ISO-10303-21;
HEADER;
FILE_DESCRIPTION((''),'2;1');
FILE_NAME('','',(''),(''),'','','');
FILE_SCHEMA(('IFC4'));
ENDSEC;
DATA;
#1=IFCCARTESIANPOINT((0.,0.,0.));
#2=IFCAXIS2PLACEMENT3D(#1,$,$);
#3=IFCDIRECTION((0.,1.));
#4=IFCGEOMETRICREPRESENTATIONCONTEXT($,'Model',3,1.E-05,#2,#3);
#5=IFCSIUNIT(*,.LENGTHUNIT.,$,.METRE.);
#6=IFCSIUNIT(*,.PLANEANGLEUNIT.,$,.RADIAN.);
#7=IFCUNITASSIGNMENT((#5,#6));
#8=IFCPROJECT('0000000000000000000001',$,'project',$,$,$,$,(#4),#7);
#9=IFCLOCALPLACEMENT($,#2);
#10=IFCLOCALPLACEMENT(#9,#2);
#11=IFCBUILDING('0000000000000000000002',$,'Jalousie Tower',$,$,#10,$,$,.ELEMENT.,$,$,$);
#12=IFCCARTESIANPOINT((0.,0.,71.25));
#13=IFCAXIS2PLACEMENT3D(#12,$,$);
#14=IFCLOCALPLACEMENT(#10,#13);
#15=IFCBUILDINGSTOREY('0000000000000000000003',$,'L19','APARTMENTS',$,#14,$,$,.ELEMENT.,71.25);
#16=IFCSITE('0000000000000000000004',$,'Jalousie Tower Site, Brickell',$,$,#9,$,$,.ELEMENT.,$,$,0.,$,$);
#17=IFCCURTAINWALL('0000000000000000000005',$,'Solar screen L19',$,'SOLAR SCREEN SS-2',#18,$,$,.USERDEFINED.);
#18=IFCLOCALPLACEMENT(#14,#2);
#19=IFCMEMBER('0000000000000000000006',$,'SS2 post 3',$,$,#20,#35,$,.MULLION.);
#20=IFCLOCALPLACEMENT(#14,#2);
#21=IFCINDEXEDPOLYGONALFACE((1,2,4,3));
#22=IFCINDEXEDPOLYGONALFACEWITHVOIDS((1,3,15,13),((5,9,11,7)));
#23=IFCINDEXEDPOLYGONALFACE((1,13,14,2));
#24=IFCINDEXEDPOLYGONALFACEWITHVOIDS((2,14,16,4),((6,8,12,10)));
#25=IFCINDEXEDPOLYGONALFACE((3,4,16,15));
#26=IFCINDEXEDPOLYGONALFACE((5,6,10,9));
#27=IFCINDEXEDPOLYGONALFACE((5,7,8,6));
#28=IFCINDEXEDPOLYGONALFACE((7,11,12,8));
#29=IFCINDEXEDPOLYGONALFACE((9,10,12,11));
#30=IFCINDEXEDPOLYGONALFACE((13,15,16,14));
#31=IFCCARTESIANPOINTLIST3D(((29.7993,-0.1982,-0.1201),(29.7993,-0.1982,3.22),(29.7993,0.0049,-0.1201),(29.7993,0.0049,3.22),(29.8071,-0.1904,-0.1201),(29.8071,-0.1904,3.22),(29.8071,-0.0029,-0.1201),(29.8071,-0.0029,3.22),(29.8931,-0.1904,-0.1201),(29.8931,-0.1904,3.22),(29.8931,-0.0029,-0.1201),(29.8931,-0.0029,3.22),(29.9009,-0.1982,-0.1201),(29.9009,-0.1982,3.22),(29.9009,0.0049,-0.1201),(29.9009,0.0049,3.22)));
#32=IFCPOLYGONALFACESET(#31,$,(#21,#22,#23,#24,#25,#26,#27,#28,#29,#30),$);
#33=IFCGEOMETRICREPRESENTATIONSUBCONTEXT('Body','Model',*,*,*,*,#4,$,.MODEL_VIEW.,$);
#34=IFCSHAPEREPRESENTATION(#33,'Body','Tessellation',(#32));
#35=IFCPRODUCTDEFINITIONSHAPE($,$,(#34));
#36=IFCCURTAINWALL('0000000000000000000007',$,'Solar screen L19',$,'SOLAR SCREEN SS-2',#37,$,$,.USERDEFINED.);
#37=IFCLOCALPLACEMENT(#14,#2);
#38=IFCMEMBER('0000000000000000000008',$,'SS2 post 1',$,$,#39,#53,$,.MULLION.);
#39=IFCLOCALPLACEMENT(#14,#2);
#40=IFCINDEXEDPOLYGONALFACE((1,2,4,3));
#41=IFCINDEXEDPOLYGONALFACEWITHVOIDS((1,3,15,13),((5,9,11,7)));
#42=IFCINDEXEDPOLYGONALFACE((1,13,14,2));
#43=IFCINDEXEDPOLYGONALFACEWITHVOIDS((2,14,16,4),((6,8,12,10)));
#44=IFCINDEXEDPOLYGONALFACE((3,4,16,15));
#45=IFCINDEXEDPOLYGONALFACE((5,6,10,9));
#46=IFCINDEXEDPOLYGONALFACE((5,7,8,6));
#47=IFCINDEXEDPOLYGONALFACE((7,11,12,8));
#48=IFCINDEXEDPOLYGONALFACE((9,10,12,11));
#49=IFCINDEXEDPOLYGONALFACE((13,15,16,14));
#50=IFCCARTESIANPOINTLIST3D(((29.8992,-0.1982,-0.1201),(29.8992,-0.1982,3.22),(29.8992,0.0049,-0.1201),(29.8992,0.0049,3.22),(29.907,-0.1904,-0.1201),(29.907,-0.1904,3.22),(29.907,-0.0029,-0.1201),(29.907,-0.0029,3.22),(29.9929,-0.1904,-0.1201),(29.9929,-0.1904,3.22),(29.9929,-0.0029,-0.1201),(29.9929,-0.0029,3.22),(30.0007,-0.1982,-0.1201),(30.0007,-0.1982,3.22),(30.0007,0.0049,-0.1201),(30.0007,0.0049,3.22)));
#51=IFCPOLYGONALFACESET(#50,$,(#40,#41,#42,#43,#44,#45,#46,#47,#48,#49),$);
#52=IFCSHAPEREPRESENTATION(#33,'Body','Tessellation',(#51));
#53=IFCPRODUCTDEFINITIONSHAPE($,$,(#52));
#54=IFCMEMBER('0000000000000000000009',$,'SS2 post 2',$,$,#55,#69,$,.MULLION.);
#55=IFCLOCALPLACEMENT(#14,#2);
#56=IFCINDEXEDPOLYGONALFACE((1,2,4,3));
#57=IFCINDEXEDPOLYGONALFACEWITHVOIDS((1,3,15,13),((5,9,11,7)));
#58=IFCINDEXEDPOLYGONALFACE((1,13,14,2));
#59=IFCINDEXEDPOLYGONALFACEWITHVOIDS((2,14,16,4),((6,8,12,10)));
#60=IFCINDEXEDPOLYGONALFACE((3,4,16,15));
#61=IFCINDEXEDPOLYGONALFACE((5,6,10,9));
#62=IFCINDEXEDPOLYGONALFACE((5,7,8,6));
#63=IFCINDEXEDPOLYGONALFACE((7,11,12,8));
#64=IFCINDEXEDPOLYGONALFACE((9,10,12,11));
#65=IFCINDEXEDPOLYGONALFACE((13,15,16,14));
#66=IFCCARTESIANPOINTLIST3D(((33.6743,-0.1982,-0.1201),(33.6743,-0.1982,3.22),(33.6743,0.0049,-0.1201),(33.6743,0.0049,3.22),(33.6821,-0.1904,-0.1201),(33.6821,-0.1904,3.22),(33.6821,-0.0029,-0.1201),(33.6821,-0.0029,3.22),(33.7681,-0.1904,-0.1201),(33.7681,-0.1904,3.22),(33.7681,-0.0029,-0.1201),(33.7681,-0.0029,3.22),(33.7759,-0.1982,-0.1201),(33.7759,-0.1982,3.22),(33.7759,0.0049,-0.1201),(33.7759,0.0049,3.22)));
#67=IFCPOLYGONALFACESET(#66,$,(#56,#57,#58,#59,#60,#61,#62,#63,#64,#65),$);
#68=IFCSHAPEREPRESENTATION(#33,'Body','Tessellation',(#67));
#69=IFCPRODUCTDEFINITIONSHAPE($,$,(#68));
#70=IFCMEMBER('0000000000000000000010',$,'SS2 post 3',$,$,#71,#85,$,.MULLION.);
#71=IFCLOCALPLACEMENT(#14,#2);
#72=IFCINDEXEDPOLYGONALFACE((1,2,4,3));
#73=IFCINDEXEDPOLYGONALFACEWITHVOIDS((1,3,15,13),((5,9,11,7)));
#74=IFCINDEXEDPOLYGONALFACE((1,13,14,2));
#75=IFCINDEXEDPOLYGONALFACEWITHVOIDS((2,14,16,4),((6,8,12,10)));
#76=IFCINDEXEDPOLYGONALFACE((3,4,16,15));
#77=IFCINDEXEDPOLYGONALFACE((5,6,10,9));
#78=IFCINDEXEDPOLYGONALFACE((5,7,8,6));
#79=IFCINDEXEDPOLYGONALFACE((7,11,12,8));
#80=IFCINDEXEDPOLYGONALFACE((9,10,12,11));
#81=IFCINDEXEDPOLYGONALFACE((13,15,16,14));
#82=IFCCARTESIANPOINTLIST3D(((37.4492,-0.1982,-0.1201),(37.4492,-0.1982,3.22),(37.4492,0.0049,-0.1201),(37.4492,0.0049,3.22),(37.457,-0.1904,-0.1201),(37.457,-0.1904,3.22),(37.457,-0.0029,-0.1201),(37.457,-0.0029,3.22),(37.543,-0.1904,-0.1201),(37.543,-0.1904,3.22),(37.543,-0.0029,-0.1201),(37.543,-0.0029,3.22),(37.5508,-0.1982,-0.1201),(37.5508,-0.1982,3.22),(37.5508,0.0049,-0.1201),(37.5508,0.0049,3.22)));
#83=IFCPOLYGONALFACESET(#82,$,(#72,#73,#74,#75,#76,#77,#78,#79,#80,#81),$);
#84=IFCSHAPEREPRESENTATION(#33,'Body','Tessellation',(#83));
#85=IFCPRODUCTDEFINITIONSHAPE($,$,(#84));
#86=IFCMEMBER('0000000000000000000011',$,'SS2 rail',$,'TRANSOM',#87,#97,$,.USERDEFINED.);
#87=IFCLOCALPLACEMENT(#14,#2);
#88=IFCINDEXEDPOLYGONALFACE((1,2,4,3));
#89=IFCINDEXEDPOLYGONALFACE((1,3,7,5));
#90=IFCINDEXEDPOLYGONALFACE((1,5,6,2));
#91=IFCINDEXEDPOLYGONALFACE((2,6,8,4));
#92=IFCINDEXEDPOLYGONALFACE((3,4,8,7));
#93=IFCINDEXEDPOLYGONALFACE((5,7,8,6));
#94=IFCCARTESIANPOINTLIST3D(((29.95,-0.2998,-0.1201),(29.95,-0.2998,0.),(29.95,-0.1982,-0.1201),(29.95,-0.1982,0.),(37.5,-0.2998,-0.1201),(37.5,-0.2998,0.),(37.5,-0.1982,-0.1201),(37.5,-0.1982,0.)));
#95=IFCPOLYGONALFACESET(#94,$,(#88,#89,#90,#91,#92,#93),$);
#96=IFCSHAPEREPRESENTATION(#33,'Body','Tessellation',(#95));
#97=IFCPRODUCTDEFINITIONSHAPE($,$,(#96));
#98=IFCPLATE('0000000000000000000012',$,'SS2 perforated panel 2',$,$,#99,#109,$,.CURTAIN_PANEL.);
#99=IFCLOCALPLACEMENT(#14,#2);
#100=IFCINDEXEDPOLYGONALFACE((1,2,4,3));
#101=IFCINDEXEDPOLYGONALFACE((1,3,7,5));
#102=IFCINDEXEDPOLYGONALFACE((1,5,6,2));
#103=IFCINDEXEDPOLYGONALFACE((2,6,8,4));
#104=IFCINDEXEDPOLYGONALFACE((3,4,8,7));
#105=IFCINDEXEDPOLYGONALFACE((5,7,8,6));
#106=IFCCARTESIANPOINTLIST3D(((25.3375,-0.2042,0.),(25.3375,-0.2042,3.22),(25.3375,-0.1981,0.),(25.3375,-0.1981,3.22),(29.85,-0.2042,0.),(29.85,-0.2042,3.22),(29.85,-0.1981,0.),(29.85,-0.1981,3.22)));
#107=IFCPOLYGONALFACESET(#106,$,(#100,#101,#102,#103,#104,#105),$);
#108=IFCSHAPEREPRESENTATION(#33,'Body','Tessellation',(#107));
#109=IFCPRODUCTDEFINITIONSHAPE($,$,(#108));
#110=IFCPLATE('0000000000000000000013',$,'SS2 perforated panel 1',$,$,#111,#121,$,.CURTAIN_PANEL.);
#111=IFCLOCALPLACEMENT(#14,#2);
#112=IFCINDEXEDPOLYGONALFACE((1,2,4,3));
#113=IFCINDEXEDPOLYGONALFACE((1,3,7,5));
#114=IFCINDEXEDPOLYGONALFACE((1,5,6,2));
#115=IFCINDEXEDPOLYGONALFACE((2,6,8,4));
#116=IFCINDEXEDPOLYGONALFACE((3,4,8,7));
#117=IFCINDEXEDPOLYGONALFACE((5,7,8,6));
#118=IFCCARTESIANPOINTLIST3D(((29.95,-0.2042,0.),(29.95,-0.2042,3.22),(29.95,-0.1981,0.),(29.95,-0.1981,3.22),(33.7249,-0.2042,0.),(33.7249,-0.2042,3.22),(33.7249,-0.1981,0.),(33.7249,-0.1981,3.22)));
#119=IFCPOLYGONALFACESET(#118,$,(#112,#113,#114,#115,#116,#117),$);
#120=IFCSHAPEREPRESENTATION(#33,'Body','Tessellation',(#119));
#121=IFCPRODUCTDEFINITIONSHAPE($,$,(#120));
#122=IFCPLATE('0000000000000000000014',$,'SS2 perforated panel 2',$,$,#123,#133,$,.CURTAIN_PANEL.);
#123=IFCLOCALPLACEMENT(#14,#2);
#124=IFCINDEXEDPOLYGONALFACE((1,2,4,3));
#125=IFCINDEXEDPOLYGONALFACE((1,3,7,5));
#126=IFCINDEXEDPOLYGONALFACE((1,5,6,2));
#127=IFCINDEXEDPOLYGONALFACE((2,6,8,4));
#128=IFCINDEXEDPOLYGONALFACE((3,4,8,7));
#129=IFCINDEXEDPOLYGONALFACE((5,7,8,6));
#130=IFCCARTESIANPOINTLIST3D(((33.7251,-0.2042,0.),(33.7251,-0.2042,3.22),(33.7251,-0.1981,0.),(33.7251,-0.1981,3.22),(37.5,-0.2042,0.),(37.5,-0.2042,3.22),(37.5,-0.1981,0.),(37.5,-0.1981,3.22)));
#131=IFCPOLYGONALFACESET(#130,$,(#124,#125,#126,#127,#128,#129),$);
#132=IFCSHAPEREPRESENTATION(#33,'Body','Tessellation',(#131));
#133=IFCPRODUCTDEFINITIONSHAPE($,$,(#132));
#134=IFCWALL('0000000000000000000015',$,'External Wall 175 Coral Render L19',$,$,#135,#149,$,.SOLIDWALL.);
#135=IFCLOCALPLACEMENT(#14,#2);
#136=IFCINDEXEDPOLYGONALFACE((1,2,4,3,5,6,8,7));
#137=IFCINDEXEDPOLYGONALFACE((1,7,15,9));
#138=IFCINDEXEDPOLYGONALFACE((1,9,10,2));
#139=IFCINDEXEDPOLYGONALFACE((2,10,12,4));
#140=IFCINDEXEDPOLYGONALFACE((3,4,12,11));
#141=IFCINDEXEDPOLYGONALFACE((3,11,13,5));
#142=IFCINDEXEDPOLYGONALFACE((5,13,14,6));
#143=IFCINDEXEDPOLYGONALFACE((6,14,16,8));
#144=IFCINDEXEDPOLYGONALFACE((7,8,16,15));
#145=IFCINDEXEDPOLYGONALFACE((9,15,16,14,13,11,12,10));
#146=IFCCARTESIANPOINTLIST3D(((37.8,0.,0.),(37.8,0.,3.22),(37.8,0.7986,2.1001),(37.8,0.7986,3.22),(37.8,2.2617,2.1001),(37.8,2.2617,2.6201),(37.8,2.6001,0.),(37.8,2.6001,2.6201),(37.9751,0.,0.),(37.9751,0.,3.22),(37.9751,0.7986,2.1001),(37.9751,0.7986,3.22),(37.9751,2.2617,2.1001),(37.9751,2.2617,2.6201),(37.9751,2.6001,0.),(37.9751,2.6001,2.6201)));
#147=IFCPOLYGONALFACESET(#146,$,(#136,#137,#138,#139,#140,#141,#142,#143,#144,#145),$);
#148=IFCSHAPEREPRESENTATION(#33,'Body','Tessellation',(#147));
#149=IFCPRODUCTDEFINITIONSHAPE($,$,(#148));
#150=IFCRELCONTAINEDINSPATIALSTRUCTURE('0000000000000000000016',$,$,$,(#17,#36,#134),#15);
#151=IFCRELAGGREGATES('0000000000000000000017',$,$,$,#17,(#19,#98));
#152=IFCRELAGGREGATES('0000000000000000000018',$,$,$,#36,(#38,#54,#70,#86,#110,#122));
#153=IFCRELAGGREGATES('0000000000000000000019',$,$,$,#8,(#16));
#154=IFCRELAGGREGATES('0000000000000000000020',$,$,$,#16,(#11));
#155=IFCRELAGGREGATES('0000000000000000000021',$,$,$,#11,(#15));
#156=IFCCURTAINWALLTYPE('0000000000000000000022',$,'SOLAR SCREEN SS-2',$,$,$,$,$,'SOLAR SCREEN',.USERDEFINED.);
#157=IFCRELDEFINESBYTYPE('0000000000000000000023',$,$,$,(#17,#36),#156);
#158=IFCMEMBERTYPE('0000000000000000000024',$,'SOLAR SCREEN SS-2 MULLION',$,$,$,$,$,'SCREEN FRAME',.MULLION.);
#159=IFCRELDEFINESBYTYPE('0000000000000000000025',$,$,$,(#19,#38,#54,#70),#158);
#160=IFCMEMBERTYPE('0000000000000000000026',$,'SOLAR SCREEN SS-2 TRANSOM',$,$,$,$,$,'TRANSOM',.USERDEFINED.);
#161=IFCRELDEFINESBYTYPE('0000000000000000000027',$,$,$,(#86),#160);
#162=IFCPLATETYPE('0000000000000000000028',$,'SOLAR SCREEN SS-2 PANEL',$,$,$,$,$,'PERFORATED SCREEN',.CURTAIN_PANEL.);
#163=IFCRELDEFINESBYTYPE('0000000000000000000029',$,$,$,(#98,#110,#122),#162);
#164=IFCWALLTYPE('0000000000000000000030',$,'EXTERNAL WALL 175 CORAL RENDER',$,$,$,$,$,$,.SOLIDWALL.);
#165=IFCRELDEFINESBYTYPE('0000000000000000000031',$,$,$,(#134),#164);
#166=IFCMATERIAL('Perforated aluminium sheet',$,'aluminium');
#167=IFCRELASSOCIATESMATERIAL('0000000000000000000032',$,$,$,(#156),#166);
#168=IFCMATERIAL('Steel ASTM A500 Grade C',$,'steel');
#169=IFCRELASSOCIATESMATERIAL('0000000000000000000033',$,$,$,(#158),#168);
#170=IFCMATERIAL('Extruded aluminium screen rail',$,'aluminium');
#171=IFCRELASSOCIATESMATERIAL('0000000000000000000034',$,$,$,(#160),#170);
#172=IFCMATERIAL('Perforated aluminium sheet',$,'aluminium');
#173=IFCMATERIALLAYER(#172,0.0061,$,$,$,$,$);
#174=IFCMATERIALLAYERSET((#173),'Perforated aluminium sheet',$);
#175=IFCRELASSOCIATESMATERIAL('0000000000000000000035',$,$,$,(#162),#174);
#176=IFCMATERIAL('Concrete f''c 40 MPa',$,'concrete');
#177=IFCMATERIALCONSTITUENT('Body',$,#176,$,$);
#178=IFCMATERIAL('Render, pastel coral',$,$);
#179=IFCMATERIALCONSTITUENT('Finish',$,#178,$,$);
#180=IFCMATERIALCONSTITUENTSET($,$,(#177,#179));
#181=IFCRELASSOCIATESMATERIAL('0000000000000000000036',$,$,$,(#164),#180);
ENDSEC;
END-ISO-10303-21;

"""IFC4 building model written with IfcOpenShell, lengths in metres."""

from ifc_helpers import new_model, si_unit, direction, frame, origin, origin_2d, place, context, subcontext, project, spatial, polyline, rectangle, hollow_rectangle, outline, extrude, material, layer, layer_set, constituent, constituent_set, material_profile, profile_set, type_object, element, aggregate, save


model = new_model("IFC4")

# Units and contexts
model_context = context("Model", 3, precision=1e-05, world=origin(), true_north=direction((0.0, 1.0)))
body_context = subcontext(model_context, "Body", "Model", "MODEL_VIEW")
ifc_project = project(units=[si_unit("LENGTHUNIT", "METRE"), si_unit("PLANEANGLEUNIT", "RADIAN")], contexts=[model_context])

# Site, building, storey
site_placement = place(None, origin())
site = spatial("IfcSite", under=ifc_project, at=site_placement, Name="Jalousie Tower Site, Brickell", CompositionType="ELEMENT", RefElevation=0.0)
building_placement = place(site_placement, origin())
building = spatial("IfcBuilding", under=site, at=building_placement, Name="Jalousie Tower", CompositionType="ELEMENT")
storey_placement = place(building_placement, frame((0.0, 0.0, 71.25)))
storey = spatial("IfcBuildingStorey", under=building, at=storey_placement, Name="L19", Description="APARTMENTS", CompositionType="ELEMENT", Elevation=71.25)

# Curtain walls, members
ifc_material_1 = material(Name="Perforated aluminium sheet", Category="aluminium")
curtain_wall_type = type_object("IfcCurtainWallType", Name="SOLAR SCREEN SS-2", ElementType="SOLAR SCREEN", PredefinedType="USERDEFINED", material=ifc_material_1)
curtain_wall_1_placement = place(storey_placement, origin())
curtain_wall_1 = element("IfcCurtainWall", 1, at=curtain_wall_1_placement, inside=storey, type_object=curtain_wall_type, Name="Solar screen L19", ObjectType="SOLAR SCREEN SS-2", PredefinedType="USERDEFINED")
ifc_material_2 = material(Name="Steel ASTM A500 Grade C", Category="steel")
ifc_material_profile_1 = material_profile(ifc_material_2, hollow_rectangle(XDim=0.1016, YDim=0.2031, WallThickness=0.0078, at=origin_2d()), Name="HSS8X4X5/16")
ifc_profile_set_1 = profile_set([ifc_material_profile_1], Name="Steel ASTM A500 Grade C")
member_type_1 = type_object("IfcMemberType", Name="SOLAR SCREEN SS-2 MULLION", ElementType="SCREEN FRAME", PredefinedType="MULLION", material=ifc_profile_set_1)
member_1_placement = place(storey_placement, frame((29.8501, -0.0967, -0.1201), z_axis=(0.0, 0.0, 1.0), x_axis=(1.0, 0.0, 0.0)))
member_1 = element("IfcMember", 2, at=member_1_placement, type_object=member_type_1, Name="SS2 post 3", PredefinedType="MULLION", context=body_context, shape_type="SweptSolid", body=[
    extrude(hollow_rectangle(XDim=0.1016, YDim=0.2031, WallThickness=0.0078, at=origin_2d()), origin(), (0.0, 0.0, 1.0), 3.3401),
])
curtain_wall_2_placement = place(storey_placement, origin())
curtain_wall_2 = element("IfcCurtainWall", 3, at=curtain_wall_2_placement, inside=storey, type_object=curtain_wall_type, Name="Solar screen L19", ObjectType="SOLAR SCREEN SS-2", PredefinedType="USERDEFINED")
member_2_placement = place(storey_placement, frame((29.95, -0.0967, -0.1201), z_axis=(0.0, 0.0, 1.0), x_axis=(1.0, 0.0, 0.0)))
member_2 = element("IfcMember", 4, at=member_2_placement, type_object=member_type_1, Name="SS2 post 1", PredefinedType="MULLION", context=body_context, shape_type="SweptSolid", body=[
    extrude(hollow_rectangle(XDim=0.1016, YDim=0.2031, WallThickness=0.0078, at=origin_2d()), origin(), (0.0, 0.0, 1.0), 3.3401),
])
member_3_placement = place(storey_placement, frame((33.7251, -0.0967, -0.1201), z_axis=(0.0, 0.0, 1.0), x_axis=(1.0, 0.0, 0.0)))
member_3 = element("IfcMember", 5, at=member_3_placement, type_object=member_type_1, Name="SS2 post 2", PredefinedType="MULLION", context=body_context, shape_type="SweptSolid", body=[
    extrude(hollow_rectangle(XDim=0.1016, YDim=0.2031, WallThickness=0.0078, at=origin_2d()), origin(), (0.0, 0.0, 1.0), 3.3401),
])
member_4_placement = place(storey_placement, frame((37.5, -0.0967, -0.1201), z_axis=(0.0, 0.0, 1.0), x_axis=(1.0, 0.0, 0.0)))
member_4 = element("IfcMember", 6, at=member_4_placement, type_object=member_type_1, Name="SS2 post 3", PredefinedType="MULLION", context=body_context, shape_type="SweptSolid", body=[
    extrude(hollow_rectangle(XDim=0.1016, YDim=0.2031, WallThickness=0.0078, at=origin_2d()), origin(), (0.0, 0.0, 1.0), 3.3401),
])
ifc_material_3 = material(Name="Extruded aluminium screen rail", Category="aluminium")
ifc_material_profile_2 = material_profile(ifc_material_3, rectangle(XDim=0.1016, YDim=0.1201, at=origin_2d()), Name="RAIL 102x120")
ifc_profile_set_2 = profile_set([ifc_material_profile_2], Name="Extruded aluminium screen rail")
member_type_2 = type_object("IfcMemberType", Name="SOLAR SCREEN SS-2 TRANSOM", ElementType="TRANSOM", PredefinedType="USERDEFINED", material=ifc_profile_set_2)
member_5_placement = place(storey_placement, frame((29.95, -0.249, -0.0601), z_axis=(1.0, 0.0, 0.0), x_axis=(0.0, 1.0, 0.0)))
member_5 = element("IfcMember", 7, at=member_5_placement, type_object=member_type_2, Name="SS2 rail", ObjectType="TRANSOM", PredefinedType="USERDEFINED", context=body_context, shape_type="SweptSolid", body=[
    extrude(rectangle(XDim=0.1016, YDim=0.1201, at=origin_2d()), origin(), (0.0, 0.0, 1.0), 7.55),
])

# Plates
ifc_material_4 = material(Name="Perforated aluminium sheet", Category="aluminium")
ifc_layer_1 = layer(ifc_material_4, 0.0061)
ifc_layer_set_1 = layer_set([ifc_layer_1], Name="Perforated aluminium sheet")
plate_type = type_object("IfcPlateType", Name="SOLAR SCREEN SS-2 PANEL", ElementType="PERFORATED SCREEN", PredefinedType="CURTAIN_PANEL", material=ifc_layer_set_1)
plate_1_placement = place(storey_placement, frame((27.5938, -0.2012, 0.0), z_axis=(0.0, 0.0, 1.0), x_axis=(1.0, 0.0, 0.0)))
plate_1 = element("IfcPlate", 8, at=plate_1_placement, type_object=plate_type, Name="SS2 perforated panel 2", PredefinedType="CURTAIN_PANEL", context=body_context, shape_type="SweptSolid", body=[
    extrude(rectangle(XDim=4.5125, YDim=0.0061, at=origin_2d()), origin(), (0.0, 0.0, 1.0), 3.22),
])
aggregate(curtain_wall_1, [member_1, plate_1])
plate_2_placement = place(storey_placement, frame((31.8374, -0.2012, 0.0), z_axis=(0.0, 0.0, 1.0), x_axis=(1.0, 0.0, 0.0)))
plate_2 = element("IfcPlate", 9, at=plate_2_placement, type_object=plate_type, Name="SS2 perforated panel 1", PredefinedType="CURTAIN_PANEL", context=body_context, shape_type="SweptSolid", body=[
    extrude(rectangle(XDim=3.7749, YDim=0.0061, at=origin_2d()), origin(), (0.0, 0.0, 1.0), 3.22),
])
plate_3_placement = place(storey_placement, frame((35.6125, -0.2012, 0.0), z_axis=(0.0, 0.0, 1.0), x_axis=(1.0, 0.0, 0.0)))
plate_3 = element("IfcPlate", 10, at=plate_3_placement, type_object=plate_type, Name="SS2 perforated panel 2", PredefinedType="CURTAIN_PANEL", context=body_context, shape_type="SweptSolid", body=[
    extrude(rectangle(XDim=3.7749, YDim=0.0061, at=origin_2d()), origin(), (0.0, 0.0, 1.0), 3.22),
])
aggregate(curtain_wall_2, [member_2, member_3, member_4, member_5, plate_2, plate_3])

# Wall
ifc_material_5 = material(Name="Concrete f'c 40 MPa", Category="concrete")
ifc_constituent_1 = constituent(ifc_material_5, Name="Body")
ifc_material_6 = material(Name="Render, pastel coral")
ifc_constituent_2 = constituent(ifc_material_6, Name="Finish")
ifc_constituent_set_1 = constituent_set(constituents=[ifc_constituent_1, ifc_constituent_2])
wall_type_1 = type_object("IfcWallType", Name="EXTERNAL WALL 175 CORAL RENDER", PredefinedType="SOLIDWALL", material=ifc_constituent_set_1)
wall_1_placement = place(storey_placement, frame((37.8875, 0.0, 0.0), z_axis=(0.0, 0.0, 1.0), x_axis=(0.0, 1.0, 0.0)))
element("IfcWall", 11, at=wall_1_placement, inside=storey, type_object=wall_type_1, Name="External Wall 175 Coral Render L19", PredefinedType="SOLIDWALL", context=body_context, shape_type="SweptSolid", body=[
    extrude(outline(polyline([(0.0, 0.0), (2.6001, 0.0), (2.6001, 2.6201), (2.2617, 2.6201), (2.2617, 2.1001), (0.7986, 2.1001), (0.7986, 3.22), (0.0, 3.22), (0.0, 0.0)])), frame((0.0, 0.0874, 0.0), z_axis=(0.0, -1.0, 0.0), x_axis=(1.0, 0.0, 0.0)), (0.0, 0.0, 1.0), 0.175),
])

save(model, "model.ifc")
